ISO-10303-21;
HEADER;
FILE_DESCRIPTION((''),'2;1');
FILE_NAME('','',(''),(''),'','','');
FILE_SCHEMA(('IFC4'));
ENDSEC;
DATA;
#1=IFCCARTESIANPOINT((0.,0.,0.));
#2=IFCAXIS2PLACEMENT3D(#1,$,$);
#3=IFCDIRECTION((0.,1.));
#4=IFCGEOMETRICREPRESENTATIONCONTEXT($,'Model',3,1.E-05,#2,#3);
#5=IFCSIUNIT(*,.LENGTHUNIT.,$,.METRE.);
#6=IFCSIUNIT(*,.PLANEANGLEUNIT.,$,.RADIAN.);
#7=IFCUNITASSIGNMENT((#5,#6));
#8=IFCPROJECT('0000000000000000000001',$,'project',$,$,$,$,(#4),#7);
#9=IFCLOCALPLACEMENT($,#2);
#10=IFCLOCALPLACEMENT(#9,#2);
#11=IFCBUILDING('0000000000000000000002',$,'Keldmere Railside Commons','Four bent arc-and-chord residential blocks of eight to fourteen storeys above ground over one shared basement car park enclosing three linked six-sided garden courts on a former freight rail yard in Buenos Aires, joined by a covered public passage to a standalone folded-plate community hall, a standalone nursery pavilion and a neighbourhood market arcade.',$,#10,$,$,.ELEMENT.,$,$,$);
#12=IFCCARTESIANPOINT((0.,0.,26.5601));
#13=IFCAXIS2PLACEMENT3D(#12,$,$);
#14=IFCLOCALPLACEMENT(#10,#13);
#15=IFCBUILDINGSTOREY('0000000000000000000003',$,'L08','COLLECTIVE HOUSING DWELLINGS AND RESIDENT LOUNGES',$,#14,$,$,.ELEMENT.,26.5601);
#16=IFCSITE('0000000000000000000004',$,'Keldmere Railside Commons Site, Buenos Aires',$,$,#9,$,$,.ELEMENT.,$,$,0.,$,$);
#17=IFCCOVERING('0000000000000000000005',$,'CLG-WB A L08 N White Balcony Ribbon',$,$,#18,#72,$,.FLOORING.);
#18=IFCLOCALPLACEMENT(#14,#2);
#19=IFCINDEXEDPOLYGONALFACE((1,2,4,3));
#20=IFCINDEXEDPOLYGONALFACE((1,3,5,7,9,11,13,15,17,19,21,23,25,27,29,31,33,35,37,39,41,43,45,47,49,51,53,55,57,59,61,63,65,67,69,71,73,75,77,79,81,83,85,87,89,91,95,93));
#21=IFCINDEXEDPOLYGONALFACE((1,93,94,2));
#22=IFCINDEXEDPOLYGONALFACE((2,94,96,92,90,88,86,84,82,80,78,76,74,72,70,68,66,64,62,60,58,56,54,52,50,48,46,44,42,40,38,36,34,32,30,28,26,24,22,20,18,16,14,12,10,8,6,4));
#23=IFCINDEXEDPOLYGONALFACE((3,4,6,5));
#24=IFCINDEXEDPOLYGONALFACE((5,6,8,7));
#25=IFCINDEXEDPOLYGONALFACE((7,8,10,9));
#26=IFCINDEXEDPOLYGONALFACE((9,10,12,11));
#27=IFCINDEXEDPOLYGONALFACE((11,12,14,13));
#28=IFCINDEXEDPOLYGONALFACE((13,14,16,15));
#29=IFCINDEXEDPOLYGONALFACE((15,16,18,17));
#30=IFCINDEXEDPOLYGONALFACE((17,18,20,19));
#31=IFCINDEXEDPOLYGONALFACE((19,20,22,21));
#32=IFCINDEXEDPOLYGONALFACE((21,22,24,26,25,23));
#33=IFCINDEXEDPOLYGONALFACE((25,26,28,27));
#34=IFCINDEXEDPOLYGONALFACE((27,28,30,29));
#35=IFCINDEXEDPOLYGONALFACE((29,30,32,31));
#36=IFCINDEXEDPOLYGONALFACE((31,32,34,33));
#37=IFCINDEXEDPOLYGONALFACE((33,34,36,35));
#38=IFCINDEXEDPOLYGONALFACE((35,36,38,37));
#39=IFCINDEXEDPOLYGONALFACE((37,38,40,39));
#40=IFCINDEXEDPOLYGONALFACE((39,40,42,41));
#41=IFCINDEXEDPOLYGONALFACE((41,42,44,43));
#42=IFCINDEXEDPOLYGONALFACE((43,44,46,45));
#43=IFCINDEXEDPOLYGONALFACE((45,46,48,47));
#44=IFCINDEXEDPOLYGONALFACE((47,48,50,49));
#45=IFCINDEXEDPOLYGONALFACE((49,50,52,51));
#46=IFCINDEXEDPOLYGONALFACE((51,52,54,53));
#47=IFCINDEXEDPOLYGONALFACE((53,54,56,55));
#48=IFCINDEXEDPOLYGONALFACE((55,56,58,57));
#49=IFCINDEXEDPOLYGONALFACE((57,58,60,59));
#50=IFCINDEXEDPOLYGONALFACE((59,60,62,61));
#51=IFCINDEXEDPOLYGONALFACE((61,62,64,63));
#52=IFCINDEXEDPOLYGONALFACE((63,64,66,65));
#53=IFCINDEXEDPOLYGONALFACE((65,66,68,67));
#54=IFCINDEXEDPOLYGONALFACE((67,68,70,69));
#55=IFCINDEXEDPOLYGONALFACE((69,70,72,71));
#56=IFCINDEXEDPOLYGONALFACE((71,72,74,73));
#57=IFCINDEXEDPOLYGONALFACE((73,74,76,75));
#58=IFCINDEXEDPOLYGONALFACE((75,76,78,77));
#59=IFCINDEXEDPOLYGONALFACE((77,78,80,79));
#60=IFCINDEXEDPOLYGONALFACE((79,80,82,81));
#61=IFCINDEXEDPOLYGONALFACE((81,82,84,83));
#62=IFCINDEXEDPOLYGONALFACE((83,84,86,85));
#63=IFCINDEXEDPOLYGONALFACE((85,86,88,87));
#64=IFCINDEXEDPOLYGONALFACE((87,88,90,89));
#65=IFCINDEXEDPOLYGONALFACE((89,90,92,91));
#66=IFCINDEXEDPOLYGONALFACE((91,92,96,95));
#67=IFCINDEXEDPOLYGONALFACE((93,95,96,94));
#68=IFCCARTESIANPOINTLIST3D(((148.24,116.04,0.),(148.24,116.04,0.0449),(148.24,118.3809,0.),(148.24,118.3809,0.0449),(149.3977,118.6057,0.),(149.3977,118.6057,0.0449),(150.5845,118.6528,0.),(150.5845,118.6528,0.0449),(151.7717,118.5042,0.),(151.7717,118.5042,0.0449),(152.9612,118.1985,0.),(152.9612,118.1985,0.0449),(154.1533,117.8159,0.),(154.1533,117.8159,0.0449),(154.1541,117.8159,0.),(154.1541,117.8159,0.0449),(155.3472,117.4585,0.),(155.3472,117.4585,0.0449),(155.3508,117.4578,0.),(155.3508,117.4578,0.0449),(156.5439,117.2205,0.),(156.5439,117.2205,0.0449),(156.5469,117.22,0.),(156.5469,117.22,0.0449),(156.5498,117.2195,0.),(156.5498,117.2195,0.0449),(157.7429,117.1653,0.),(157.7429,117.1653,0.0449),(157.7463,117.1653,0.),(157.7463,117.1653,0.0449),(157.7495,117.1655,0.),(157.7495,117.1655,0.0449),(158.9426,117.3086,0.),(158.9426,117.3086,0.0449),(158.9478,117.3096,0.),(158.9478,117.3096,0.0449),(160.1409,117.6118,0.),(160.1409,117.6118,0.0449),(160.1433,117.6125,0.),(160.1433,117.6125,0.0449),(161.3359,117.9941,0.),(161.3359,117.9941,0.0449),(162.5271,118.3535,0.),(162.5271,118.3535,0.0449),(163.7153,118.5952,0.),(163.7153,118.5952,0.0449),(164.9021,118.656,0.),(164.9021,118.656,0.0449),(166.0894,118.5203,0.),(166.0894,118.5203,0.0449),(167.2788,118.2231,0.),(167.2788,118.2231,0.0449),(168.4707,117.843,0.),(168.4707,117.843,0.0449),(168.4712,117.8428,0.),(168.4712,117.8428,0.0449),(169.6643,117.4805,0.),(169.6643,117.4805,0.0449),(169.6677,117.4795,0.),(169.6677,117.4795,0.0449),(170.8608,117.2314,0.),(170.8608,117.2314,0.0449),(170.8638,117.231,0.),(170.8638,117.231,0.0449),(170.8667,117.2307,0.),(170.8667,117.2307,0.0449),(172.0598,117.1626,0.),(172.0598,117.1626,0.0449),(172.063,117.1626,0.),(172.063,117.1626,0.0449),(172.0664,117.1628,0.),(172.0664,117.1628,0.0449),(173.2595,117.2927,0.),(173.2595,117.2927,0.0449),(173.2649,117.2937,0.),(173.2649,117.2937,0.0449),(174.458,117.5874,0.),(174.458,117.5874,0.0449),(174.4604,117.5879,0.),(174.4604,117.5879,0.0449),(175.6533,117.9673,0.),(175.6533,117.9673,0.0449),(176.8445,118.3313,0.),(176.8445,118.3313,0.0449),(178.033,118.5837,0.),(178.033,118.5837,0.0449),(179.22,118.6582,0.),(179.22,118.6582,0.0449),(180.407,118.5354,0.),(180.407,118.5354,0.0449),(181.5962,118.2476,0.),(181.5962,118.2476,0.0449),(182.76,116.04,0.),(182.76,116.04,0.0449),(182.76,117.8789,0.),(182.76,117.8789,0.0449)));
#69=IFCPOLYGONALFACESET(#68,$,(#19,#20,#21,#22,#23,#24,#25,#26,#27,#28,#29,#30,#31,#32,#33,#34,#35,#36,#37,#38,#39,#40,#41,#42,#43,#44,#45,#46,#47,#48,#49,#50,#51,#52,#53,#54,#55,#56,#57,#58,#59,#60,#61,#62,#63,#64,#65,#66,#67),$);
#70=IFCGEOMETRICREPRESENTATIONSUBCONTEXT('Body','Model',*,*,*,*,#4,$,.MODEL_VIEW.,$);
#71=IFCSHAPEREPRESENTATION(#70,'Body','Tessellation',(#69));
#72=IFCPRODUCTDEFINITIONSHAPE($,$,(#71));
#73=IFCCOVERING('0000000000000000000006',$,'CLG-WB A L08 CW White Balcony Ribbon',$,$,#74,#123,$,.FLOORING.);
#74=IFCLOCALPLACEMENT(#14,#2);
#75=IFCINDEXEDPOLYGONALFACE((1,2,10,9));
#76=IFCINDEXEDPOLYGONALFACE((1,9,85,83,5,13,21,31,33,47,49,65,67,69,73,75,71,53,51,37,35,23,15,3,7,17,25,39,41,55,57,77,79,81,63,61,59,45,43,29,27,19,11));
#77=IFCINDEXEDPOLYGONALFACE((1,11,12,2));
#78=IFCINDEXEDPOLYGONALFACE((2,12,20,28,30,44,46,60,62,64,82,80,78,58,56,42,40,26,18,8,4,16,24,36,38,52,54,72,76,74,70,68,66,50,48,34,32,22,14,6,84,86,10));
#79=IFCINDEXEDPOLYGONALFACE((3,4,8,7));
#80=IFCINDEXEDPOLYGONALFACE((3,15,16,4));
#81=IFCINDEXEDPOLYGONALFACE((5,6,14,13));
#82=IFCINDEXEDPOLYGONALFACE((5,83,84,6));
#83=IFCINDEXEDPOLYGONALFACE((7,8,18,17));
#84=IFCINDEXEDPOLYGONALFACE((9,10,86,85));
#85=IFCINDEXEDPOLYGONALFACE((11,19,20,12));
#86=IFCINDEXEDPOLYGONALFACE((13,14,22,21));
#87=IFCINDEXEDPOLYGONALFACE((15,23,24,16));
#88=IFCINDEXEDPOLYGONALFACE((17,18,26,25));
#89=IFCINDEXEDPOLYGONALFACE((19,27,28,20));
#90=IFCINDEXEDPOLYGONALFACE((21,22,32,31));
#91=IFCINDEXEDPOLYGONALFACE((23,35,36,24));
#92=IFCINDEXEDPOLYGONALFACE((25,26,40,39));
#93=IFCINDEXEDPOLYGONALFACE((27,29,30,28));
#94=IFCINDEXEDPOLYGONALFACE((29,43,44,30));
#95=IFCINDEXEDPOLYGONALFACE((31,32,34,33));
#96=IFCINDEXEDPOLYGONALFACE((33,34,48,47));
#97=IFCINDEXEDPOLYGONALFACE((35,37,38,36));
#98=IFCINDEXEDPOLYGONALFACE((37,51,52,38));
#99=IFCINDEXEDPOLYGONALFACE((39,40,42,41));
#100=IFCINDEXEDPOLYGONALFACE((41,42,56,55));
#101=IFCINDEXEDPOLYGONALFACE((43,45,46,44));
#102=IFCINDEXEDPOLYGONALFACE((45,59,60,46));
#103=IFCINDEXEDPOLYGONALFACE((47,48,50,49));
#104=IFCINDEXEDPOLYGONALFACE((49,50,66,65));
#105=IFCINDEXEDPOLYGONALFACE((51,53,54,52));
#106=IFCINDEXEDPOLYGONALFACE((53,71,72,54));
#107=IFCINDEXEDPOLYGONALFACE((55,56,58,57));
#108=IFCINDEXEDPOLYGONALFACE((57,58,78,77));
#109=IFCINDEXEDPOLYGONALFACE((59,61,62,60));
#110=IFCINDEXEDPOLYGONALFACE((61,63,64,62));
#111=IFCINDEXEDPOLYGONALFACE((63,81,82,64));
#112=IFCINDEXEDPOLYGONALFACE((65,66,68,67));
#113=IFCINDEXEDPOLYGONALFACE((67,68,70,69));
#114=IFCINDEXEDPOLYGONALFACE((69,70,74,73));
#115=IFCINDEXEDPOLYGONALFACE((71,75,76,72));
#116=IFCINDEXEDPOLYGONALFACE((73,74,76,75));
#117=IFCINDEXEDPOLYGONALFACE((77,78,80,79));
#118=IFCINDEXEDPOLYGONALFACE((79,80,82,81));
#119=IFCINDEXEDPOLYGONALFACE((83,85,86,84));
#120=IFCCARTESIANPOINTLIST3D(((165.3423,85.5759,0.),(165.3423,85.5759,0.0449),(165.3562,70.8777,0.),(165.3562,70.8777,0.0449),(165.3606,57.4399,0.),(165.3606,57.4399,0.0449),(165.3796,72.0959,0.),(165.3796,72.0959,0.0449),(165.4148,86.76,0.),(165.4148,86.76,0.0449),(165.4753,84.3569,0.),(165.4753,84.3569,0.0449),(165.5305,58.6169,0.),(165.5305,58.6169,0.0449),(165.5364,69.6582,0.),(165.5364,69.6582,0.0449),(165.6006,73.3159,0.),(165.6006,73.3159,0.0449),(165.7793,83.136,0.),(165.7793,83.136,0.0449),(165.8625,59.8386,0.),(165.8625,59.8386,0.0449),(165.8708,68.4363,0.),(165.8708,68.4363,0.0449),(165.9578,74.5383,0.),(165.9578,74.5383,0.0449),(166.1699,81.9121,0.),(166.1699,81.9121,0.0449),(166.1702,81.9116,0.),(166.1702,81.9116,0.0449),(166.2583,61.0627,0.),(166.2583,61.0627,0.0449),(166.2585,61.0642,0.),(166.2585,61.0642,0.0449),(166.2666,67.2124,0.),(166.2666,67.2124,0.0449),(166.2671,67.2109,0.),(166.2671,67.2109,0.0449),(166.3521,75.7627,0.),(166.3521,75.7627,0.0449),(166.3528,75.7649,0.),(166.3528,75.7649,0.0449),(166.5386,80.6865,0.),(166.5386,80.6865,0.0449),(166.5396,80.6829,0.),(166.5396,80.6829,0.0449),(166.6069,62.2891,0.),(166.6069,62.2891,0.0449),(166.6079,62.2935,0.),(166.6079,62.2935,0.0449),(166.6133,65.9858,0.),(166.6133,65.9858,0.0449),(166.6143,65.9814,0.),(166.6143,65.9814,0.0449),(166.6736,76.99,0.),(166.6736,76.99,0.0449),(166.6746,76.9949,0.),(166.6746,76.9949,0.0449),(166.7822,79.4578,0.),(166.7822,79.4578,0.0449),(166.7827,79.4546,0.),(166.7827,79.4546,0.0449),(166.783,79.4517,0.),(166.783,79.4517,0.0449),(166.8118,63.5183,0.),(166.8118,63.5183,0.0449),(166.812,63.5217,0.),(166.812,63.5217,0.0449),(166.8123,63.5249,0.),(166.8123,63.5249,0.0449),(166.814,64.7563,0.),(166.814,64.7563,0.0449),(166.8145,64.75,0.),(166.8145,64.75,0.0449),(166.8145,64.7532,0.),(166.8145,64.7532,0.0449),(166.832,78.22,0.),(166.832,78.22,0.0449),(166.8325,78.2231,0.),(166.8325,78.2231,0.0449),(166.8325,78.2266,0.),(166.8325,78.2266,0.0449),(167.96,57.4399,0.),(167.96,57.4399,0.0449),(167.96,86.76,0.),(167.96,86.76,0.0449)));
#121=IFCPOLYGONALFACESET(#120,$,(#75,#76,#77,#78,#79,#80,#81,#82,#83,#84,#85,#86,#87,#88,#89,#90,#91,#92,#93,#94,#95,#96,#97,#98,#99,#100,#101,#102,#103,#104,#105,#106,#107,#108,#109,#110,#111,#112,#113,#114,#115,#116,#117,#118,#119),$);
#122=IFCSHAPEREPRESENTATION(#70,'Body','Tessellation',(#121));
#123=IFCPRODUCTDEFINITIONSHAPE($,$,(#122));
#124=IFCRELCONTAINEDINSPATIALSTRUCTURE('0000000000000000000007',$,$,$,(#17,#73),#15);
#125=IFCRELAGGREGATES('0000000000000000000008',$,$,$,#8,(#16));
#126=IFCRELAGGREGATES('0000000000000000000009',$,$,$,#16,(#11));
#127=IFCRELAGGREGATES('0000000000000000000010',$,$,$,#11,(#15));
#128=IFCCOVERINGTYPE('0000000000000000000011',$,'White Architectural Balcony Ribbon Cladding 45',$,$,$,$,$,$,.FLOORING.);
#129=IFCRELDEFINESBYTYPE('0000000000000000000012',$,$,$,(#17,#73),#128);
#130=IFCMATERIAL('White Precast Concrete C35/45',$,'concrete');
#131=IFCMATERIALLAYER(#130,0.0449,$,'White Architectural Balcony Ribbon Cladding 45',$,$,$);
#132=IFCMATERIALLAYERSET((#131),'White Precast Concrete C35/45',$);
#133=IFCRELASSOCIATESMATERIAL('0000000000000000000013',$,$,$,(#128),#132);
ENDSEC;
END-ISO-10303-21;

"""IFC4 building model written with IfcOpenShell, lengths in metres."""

from ifc_helpers import new_model, si_unit, direction, frame, origin, place, context, subcontext, project, spatial, polyline, outline, extrude, material, layer, layer_set, type_object, element, save


model = new_model("IFC4")

# Units and contexts
model_context = context("Model", 3, precision=1e-05, world=origin(), true_north=direction((0.0, 1.0)))
body_context = subcontext(model_context, "Body", "Model", "MODEL_VIEW")
ifc_project = project(units=[si_unit("LENGTHUNIT", "METRE"), si_unit("PLANEANGLEUNIT", "RADIAN")], contexts=[model_context])

# Site, building, storey
site_placement = place(None, origin())
site = spatial("IfcSite", under=ifc_project, at=site_placement, Name="Keldmere Railside Commons Site, Buenos Aires", CompositionType="ELEMENT", RefElevation=0.0)
building_placement = place(site_placement, origin())
building = spatial("IfcBuilding", under=site, at=building_placement, Name="Keldmere Railside Commons", Description="Four bent arc-and-chord residential blocks of eight to fourteen storeys above ground over one shared basement car park enclosing three linked six-sided garden courts on a former freight rail yard in Buenos Aires, joined by a covered public passage to a standalone folded-plate community hall, a standalone nursery pavilion and a neighbourhood market arcade.", CompositionType="ELEMENT")
storey_placement = place(building_placement, frame((0.0, 0.0, 26.5601)))
storey = spatial("IfcBuildingStorey", under=building, at=storey_placement, Name="L08", Description="COLLECTIVE HOUSING DWELLINGS AND RESIDENT LOUNGES", CompositionType="ELEMENT", Elevation=26.5601)

# Coverings
ifc_material_1 = material(Name="White Precast Concrete C35/45", Category="concrete")
ifc_layer_1 = layer(ifc_material_1, 0.0449, Name="White Architectural Balcony Ribbon Cladding 45")
ifc_layer_set_1 = layer_set([ifc_layer_1], Name="White Precast Concrete C35/45")
covering_type_1 = type_object("IfcCoveringType", Name="White Architectural Balcony Ribbon Cladding 45", PredefinedType="FLOORING", material=ifc_layer_set_1)
covering_1_placement = place(storey_placement, origin())
element("IfcCovering", 1, at=covering_1_placement, inside=storey, type_object=covering_type_1, Name="CLG-WB A L08 N White Balcony Ribbon", PredefinedType="FLOORING", context=body_context, shape_type="SweptSolid", body=[
    extrude(outline(polyline([(182.76, 116.04), (182.76, 117.8789), (181.5962, 118.2476), (180.407, 118.5354), (179.22, 118.6582), (178.033, 118.5837), (176.8445, 118.3313), (175.6533, 117.9673), (174.4604, 117.5879), (174.458, 117.5874), (173.2649, 117.2937), (173.2595, 117.2927), (172.0664, 117.1628), (172.063, 117.1626), (172.0598, 117.1626), (170.8667, 117.2307), (170.8638, 117.231), (170.8608, 117.2314), (169.6677, 117.4795), (169.6643, 117.4805), (168.4712, 117.8428), (168.4707, 117.843), (167.2788, 118.2231), (166.0894, 118.5203), (164.9021, 118.656), (163.7153, 118.5952), (162.5271, 118.3535), (161.3359, 117.9941), (160.1433, 117.6125), (160.1409, 117.6118), (158.9478, 117.3096), (158.9426, 117.3086), (157.7495, 117.1655), (157.7463, 117.1653), (157.7429, 117.1653), (156.5498, 117.2195), (156.5469, 117.22), (156.5439, 117.2205), (155.3508, 117.4578), (155.3472, 117.4585), (154.1541, 117.8159), (154.1533, 117.8159), (152.9612, 118.1985), (151.7717, 118.5042), (150.5845, 118.6528), (149.3977, 118.6057), (148.24, 118.3809), (148.24, 116.04), (182.76, 116.04)])), origin(), (0.0, 0.0, 1.0), 0.0449),
])
covering_2_placement = place(storey_placement, origin())
element("IfcCovering", 2, at=covering_2_placement, inside=storey, type_object=covering_type_1, Name="CLG-WB A L08 CW White Balcony Ribbon", PredefinedType="FLOORING", context=body_context, shape_type="SweptSolid", body=[
    extrude(outline(polyline([(167.96, 86.76), (165.4148, 86.76), (165.3423, 85.5759), (165.4753, 84.3569), (165.7793, 83.136), (166.1699, 81.9121), (166.1702, 81.9116), (166.5386, 80.6865), (166.5396, 80.6829), (166.7822, 79.4578), (166.7827, 79.4546), (166.783, 79.4517), (166.8325, 78.2266), (166.8325, 78.2231), (166.832, 78.22), (166.6746, 76.9949), (166.6736, 76.99), (166.3528, 75.7649), (166.3521, 75.7627), (165.9578, 74.5383), (165.6006, 73.3159), (165.3796, 72.0959), (165.3562, 70.8777), (165.5364, 69.6582), (165.8708, 68.4363), (166.2666, 67.2124), (166.2671, 67.2109), (166.6133, 65.9858), (166.6143, 65.9814), (166.814, 64.7563), (166.8145, 64.7532), (166.8145, 64.75), (166.8123, 63.5249), (166.812, 63.5217), (166.8118, 63.5183), (166.6079, 62.2935), (166.6069, 62.2891), (166.2585, 61.0642), (166.2583, 61.0627), (165.8625, 59.8386), (165.5305, 58.6169), (165.3606, 57.4399), (167.96, 57.4399), (167.96, 86.76)])), origin(), (0.0, 0.0, 1.0), 0.0449),
])

save(model, "model.ifc")
